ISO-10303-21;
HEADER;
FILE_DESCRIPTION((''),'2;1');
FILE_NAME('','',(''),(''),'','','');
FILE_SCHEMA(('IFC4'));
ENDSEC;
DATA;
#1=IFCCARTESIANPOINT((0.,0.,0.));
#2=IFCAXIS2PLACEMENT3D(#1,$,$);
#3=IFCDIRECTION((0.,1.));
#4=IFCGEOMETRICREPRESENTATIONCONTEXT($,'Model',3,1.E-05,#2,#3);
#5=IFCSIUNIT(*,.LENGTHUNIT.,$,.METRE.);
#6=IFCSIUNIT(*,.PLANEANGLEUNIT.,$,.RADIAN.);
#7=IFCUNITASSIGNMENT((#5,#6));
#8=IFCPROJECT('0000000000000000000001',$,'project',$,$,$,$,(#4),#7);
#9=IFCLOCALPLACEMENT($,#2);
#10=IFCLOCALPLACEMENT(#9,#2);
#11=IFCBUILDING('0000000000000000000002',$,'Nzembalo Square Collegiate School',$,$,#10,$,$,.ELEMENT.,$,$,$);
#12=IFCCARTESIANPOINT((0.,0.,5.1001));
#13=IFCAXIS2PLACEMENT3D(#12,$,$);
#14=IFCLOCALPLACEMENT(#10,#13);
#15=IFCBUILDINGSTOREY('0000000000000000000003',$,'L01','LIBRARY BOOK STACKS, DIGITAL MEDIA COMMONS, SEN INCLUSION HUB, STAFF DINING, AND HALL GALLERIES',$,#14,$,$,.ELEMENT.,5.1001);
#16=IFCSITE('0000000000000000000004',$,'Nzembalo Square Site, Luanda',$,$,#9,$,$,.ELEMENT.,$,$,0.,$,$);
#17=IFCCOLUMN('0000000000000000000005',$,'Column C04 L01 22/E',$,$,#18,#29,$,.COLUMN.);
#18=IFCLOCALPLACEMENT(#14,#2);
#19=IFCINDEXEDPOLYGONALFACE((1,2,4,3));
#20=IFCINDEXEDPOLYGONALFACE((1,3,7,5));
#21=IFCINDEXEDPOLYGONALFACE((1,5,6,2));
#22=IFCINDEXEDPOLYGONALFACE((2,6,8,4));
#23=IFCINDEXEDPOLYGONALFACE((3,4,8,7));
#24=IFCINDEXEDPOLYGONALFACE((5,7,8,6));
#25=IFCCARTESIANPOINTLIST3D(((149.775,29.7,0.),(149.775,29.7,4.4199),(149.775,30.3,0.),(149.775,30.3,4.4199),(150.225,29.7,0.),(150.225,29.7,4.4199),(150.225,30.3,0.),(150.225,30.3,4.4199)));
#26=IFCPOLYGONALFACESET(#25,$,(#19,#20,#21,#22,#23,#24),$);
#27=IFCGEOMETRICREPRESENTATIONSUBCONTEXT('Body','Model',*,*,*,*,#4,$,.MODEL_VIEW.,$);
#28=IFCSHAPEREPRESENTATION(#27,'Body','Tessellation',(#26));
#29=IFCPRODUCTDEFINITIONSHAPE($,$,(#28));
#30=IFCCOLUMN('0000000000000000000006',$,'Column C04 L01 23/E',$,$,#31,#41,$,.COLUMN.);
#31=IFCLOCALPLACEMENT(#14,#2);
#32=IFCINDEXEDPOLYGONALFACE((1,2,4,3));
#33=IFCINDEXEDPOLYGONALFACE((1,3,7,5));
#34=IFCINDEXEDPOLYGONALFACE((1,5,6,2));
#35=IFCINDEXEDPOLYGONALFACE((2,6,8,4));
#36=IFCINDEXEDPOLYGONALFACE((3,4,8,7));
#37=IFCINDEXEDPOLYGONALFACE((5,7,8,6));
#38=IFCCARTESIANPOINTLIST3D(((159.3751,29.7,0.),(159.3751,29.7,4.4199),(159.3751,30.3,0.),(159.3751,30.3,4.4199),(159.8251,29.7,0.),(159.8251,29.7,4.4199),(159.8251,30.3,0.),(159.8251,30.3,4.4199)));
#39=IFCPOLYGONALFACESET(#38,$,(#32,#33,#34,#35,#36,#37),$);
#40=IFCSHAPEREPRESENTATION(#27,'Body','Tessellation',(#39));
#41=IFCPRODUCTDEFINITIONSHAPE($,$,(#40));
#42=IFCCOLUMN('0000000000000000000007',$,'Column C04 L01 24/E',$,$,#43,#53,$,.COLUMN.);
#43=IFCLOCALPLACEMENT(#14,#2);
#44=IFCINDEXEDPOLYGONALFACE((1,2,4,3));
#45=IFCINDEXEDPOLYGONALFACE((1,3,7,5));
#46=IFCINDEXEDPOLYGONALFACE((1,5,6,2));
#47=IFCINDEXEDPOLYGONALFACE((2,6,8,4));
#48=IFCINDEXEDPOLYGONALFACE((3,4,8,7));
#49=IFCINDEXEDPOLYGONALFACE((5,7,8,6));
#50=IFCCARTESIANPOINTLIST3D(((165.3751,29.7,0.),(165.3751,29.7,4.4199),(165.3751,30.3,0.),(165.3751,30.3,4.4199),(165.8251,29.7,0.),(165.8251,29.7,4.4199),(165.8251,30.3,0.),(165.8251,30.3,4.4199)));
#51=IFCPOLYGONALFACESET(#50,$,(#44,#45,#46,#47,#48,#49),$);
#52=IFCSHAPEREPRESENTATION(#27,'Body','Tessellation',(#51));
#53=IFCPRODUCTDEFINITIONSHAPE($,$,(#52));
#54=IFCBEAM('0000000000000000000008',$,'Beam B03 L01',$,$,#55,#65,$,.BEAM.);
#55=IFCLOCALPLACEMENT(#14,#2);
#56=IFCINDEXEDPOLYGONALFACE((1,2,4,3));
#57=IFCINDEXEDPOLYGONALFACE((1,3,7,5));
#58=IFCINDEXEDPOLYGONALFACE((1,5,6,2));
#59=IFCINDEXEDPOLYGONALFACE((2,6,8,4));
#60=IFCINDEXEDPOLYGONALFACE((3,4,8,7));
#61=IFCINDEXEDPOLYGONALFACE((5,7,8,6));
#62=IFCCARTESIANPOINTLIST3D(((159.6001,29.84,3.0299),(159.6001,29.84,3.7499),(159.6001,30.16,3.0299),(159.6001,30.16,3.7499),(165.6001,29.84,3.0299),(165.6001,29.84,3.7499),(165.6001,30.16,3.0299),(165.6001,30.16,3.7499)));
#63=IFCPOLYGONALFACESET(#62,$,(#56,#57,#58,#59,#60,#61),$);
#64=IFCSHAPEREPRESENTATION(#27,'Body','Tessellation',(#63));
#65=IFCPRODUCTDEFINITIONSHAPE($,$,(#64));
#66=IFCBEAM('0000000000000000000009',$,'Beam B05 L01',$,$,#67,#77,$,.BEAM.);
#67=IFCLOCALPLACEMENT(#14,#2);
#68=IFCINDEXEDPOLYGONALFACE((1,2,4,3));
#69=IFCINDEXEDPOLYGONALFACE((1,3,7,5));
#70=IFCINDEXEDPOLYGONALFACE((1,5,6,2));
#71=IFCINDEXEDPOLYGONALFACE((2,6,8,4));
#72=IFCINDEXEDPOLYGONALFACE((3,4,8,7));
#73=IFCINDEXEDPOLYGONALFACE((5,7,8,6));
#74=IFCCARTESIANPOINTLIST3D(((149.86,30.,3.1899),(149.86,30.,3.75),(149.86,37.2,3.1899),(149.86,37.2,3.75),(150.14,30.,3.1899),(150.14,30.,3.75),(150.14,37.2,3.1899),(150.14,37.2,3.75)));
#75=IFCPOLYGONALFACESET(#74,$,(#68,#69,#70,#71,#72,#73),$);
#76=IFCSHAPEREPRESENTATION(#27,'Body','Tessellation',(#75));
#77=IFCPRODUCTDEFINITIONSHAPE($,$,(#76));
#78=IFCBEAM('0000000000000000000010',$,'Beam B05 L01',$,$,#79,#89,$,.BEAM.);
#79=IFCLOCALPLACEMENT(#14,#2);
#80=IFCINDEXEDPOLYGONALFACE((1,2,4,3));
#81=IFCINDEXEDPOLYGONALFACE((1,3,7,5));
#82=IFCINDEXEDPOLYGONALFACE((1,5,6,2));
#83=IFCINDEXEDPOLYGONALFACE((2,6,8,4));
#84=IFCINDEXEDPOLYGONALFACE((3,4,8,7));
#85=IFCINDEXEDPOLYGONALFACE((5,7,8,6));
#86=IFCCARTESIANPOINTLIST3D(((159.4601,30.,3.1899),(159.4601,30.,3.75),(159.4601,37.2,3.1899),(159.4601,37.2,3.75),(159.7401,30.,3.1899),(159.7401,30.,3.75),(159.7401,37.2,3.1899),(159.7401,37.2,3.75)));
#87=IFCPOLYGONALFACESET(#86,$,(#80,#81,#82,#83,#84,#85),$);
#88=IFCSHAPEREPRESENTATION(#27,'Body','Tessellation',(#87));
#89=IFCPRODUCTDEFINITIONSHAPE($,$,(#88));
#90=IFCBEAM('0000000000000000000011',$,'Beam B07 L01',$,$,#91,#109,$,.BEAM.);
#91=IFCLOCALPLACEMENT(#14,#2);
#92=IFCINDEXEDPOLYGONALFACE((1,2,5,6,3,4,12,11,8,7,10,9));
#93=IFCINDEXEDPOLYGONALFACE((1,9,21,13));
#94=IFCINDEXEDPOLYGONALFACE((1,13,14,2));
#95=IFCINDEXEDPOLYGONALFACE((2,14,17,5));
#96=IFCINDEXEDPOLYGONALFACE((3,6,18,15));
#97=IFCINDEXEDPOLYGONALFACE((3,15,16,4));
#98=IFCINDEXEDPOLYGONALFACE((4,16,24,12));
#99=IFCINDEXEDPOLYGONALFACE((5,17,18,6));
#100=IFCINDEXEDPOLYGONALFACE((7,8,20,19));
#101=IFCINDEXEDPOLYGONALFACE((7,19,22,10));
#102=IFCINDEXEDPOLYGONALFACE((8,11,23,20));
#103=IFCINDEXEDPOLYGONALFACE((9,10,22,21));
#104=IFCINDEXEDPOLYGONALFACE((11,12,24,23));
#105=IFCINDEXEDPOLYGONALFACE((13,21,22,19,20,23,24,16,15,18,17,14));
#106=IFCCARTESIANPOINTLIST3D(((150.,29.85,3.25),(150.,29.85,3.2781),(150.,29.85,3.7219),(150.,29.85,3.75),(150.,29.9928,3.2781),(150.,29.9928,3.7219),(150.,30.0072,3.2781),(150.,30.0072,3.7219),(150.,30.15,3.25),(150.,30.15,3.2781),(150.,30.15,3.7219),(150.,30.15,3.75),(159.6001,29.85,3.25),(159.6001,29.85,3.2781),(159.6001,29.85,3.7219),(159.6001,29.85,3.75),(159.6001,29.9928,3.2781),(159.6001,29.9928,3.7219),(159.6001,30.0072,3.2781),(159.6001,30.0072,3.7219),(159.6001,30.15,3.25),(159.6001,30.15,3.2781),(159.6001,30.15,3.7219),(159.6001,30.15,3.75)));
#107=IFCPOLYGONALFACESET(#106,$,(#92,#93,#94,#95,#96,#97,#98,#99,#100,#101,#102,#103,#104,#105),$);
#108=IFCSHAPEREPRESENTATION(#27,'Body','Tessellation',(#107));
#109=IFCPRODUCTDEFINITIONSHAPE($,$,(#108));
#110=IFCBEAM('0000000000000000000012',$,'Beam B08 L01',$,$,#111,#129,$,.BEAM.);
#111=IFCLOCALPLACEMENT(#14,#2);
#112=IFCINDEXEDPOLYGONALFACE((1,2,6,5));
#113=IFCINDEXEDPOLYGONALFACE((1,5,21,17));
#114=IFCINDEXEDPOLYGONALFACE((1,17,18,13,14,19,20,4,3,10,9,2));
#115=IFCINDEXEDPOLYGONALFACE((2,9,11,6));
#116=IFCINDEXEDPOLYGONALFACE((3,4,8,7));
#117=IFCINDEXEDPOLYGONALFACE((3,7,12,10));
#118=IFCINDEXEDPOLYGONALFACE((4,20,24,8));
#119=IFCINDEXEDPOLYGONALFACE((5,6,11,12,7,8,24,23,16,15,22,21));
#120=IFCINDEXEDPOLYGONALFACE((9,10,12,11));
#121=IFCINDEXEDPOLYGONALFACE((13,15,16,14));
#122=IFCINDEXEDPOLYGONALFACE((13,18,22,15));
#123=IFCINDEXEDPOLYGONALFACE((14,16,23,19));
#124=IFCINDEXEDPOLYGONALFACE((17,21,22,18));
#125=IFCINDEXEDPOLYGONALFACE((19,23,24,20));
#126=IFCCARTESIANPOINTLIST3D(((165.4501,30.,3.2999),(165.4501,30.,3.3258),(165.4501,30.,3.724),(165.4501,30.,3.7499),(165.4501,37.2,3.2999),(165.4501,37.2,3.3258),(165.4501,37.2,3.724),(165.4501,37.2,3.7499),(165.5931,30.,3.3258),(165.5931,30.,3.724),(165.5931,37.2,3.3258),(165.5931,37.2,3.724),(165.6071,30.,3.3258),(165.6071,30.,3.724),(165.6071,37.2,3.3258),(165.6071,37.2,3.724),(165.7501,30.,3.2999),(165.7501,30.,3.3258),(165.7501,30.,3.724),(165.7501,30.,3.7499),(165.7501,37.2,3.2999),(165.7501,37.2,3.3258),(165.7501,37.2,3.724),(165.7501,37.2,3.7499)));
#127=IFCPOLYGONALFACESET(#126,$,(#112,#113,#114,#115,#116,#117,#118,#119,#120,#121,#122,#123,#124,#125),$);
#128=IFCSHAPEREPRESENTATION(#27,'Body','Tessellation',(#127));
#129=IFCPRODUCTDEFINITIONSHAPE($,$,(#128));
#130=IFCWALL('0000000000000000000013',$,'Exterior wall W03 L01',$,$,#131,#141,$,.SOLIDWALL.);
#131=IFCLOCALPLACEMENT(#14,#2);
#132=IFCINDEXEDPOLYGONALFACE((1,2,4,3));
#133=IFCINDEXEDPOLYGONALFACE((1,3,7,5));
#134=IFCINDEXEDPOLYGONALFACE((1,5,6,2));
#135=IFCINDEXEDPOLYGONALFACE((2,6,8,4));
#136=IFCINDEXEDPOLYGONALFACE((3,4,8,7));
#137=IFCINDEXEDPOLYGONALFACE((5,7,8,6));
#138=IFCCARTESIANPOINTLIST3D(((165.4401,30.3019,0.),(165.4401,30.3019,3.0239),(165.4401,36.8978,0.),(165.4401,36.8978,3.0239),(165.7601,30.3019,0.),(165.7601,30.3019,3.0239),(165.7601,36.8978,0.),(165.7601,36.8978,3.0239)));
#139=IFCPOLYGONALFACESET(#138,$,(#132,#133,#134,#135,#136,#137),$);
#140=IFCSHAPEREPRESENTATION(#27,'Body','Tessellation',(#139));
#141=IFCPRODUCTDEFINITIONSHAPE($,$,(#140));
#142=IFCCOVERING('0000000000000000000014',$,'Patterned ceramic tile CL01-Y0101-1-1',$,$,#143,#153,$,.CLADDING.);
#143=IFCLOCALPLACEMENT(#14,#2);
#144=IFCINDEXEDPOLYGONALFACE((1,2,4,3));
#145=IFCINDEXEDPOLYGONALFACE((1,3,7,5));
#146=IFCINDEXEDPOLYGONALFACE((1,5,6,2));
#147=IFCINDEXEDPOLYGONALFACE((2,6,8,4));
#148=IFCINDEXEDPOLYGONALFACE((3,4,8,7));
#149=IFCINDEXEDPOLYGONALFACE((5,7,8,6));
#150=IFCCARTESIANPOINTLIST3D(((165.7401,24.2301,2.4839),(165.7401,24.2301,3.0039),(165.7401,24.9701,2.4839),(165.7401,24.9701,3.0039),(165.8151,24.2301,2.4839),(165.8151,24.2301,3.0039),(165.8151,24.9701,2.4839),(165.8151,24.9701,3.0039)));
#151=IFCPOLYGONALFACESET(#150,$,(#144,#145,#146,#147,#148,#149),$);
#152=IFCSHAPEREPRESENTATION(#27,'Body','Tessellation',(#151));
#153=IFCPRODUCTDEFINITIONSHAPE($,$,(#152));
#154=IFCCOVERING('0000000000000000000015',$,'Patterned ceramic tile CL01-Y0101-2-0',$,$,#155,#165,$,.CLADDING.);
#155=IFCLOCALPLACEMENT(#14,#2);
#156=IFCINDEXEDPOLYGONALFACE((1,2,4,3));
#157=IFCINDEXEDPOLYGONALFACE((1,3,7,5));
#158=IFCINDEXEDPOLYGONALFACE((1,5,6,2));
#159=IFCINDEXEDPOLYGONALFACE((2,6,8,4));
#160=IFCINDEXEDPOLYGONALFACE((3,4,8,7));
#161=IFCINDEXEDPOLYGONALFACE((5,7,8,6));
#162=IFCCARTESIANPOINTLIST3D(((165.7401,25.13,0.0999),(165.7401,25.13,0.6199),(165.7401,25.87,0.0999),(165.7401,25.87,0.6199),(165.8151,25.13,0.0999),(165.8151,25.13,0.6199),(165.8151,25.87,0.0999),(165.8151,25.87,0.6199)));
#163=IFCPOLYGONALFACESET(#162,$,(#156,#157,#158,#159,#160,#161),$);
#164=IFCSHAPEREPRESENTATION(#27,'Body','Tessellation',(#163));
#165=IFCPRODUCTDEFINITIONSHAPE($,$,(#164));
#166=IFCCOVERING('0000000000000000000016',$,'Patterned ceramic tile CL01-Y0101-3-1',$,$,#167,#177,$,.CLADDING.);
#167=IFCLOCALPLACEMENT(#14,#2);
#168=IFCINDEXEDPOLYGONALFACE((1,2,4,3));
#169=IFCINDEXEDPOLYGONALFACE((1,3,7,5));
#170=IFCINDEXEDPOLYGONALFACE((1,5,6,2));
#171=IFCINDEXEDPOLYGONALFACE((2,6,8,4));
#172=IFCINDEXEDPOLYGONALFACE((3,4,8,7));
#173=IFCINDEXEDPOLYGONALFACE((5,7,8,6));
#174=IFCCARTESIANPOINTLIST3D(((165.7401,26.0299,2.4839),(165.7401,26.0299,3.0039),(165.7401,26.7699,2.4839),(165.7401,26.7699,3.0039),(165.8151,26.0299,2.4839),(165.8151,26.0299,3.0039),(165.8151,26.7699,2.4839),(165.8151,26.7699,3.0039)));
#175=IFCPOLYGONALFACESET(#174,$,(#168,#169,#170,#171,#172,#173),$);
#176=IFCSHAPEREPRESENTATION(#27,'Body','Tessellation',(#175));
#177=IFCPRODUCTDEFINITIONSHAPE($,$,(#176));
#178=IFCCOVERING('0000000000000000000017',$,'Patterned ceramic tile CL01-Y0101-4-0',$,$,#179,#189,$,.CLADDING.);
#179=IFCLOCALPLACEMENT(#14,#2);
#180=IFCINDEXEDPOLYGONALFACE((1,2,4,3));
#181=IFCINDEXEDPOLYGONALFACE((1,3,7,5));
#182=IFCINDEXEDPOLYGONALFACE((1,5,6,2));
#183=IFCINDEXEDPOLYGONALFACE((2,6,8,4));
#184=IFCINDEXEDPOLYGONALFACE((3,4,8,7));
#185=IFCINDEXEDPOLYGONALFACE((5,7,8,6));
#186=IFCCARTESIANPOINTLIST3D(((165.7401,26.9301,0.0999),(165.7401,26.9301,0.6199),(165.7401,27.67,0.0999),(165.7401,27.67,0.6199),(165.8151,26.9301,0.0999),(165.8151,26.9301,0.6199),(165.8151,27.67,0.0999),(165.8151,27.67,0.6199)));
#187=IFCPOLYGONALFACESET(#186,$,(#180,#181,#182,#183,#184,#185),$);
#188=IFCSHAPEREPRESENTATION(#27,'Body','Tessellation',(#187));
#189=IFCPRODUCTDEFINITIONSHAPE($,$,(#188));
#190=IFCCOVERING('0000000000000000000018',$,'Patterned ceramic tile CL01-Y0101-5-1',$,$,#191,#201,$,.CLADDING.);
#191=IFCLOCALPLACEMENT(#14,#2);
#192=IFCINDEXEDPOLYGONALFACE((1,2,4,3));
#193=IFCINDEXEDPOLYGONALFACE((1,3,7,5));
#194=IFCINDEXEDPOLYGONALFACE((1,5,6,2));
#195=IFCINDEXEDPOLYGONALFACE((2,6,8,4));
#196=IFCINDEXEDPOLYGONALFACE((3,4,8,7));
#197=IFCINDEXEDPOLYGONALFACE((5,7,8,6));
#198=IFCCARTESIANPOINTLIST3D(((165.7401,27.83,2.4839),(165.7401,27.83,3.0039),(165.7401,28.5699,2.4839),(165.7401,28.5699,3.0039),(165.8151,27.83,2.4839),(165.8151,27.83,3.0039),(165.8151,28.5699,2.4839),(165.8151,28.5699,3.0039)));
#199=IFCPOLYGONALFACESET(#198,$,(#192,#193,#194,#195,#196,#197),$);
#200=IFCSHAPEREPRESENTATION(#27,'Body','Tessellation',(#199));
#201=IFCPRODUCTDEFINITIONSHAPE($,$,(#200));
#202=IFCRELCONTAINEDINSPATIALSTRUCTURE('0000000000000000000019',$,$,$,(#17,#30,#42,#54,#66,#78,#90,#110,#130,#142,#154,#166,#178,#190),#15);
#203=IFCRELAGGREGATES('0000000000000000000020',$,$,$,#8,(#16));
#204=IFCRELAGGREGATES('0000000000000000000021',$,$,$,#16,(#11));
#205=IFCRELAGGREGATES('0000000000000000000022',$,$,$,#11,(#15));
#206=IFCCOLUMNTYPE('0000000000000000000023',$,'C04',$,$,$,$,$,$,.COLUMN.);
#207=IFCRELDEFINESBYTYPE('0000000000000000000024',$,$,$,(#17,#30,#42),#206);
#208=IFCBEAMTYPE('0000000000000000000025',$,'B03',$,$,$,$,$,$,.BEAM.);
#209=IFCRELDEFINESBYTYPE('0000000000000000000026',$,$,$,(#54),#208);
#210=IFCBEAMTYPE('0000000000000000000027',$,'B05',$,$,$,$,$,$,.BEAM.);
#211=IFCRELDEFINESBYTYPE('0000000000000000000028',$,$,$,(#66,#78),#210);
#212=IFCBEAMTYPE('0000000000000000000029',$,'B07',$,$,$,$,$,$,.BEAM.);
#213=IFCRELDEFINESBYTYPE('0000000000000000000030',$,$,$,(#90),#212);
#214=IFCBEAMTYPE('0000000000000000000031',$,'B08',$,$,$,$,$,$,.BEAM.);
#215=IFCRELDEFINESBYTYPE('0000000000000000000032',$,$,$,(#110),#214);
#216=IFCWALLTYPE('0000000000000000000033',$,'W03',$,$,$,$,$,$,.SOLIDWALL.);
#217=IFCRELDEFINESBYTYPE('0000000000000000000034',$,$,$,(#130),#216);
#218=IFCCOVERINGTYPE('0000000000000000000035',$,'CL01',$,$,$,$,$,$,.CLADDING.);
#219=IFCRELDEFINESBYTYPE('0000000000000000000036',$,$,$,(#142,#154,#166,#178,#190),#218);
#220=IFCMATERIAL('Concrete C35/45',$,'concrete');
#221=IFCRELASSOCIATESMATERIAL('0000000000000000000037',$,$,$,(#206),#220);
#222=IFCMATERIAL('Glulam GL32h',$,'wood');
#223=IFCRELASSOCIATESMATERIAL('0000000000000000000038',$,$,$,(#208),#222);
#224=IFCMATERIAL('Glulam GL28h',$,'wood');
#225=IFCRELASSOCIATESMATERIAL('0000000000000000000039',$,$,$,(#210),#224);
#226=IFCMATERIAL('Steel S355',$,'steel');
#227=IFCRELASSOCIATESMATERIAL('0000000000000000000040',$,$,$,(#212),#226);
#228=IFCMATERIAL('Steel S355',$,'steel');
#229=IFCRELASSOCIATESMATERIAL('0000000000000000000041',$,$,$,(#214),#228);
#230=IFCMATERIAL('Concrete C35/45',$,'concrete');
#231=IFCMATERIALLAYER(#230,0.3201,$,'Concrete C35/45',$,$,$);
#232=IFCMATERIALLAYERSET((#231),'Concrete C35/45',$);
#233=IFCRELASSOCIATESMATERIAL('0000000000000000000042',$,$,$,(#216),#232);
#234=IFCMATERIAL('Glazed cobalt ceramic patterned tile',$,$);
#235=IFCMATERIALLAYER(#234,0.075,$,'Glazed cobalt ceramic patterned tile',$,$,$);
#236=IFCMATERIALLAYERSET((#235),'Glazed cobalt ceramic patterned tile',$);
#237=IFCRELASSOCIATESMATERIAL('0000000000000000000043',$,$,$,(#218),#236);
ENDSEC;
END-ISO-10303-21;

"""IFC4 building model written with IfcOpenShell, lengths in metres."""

from ifc_helpers import new_model, si_unit, direction, frame, frame_2d, origin, origin_2d, place, context, subcontext, project, spatial, rectangle, i_section, extrude, material, layer, layer_set, material_profile, profile_set, type_object, element, save


model = new_model("IFC4")

# Units and contexts
model_context = context("Model", 3, precision=1e-05, world=origin(), true_north=direction((0.0, 1.0)))
body_context = subcontext(model_context, "Body", "Model", "MODEL_VIEW")
ifc_project = project(units=[si_unit("LENGTHUNIT", "METRE"), si_unit("PLANEANGLEUNIT", "RADIAN")], contexts=[model_context])

# Site, building, storey
site_placement = place(None, origin())
site = spatial("IfcSite", under=ifc_project, at=site_placement, Name="Nzembalo Square Site, Luanda", CompositionType="ELEMENT", RefElevation=0.0)
building_placement = place(site_placement, origin())
building = spatial("IfcBuilding", under=site, at=building_placement, Name="Nzembalo Square Collegiate School", CompositionType="ELEMENT")
storey_placement = place(building_placement, frame((0.0, 0.0, 5.1001)))
storey = spatial("IfcBuildingStorey", under=building, at=storey_placement, Name="L01", Description="LIBRARY BOOK STACKS, DIGITAL MEDIA COMMONS, SEN INCLUSION HUB, STAFF DINING, AND HALL GALLERIES", CompositionType="ELEMENT", Elevation=5.1001)

# Columns
ifc_material_1 = material(Name="Concrete C35/45", Category="concrete")
ifc_material_profile_1 = material_profile(ifc_material_1, rectangle(XDim=0.45, YDim=0.6001, at=origin_2d()), Name="RC 450x600")
ifc_profile_set_1 = profile_set([ifc_material_profile_1], Name="Concrete C35/45")
column_type = type_object("IfcColumnType", Name="C04", PredefinedType="COLUMN", material=ifc_profile_set_1)
for number, where, z_axis, x_axis, name in (
    (1, (150.0, 30.0, 0.0), (0.0, 0.0, 1.0), (1.0, 0.0, 0.0), "Column C04 L01 22/E"),
    (2, (159.6001, 30.0, 0.0), (0.0, 0.0, 1.0), (1.0, 0.0, 0.0), "Column C04 L01 23/E"),
    (3, (165.6001, 30.0, 0.0), (0.0, 0.0, 1.0), (1.0, 0.0, 0.0), "Column C04 L01 24/E"),
):
    element("IfcColumn", number, at=place(storey_placement, frame(where, z_axis=z_axis, x_axis=x_axis)), inside=storey, type_object=column_type, Name=name, PredefinedType="COLUMN", context=body_context, shape_type="SweptSolid", body=[
        extrude(rectangle(XDim=0.45, YDim=0.6001, at=origin_2d()), origin(), (0.0, 0.0, 1.0), 4.4199),
    ])

# Beams
ifc_material_2 = material(Name="Glulam GL32h", Category="wood")
ifc_material_profile_2 = material_profile(ifc_material_2, rectangle(XDim=0.3201, YDim=0.72, at=origin_2d()), Name="GL32h 320x720")
ifc_profile_set_2 = profile_set([ifc_material_profile_2], Name="Glulam GL32h")
beam_type_1 = type_object("IfcBeamType", Name="B03", PredefinedType="BEAM", material=ifc_profile_set_2)
beam_1_placement = place(storey_placement, frame((159.6001, 30.0, 3.3899), z_axis=(1.0, 0.0, 0.0), x_axis=(0.0, 1.0, 0.0)))
element("IfcBeam", 4, at=beam_1_placement, inside=storey, type_object=beam_type_1, Name="Beam B03 L01", PredefinedType="BEAM", context=body_context, shape_type="SweptSolid", body=[
    extrude(rectangle(XDim=0.3201, YDim=0.72, at=origin_2d()), origin(), (0.0, 0.0, 1.0), 6.0),
])
ifc_material_3 = material(Name="Glulam GL28h", Category="wood")
ifc_material_profile_3 = material_profile(ifc_material_3, rectangle(XDim=0.28, YDim=0.5601, at=origin_2d()), Name="GL28h 280x560")
ifc_profile_set_3 = profile_set([ifc_material_profile_3], Name="Glulam GL28h")
beam_type_2 = type_object("IfcBeamType", Name="B05", PredefinedType="BEAM", material=ifc_profile_set_3)
for number, where, z_axis, x_axis, name in (
    (5, (150.0, 30.0, 3.47), (0.0, 1.0, 0.0), (-1.0, 0.0, 0.0), "Beam B05 L01"),
    (6, (159.6001, 30.0, 3.47), (0.0, 1.0, 0.0), (-1.0, 0.0, 0.0), "Beam B05 L01"),
):
    element("IfcBeam", number, at=place(storey_placement, frame(where, z_axis=z_axis, x_axis=x_axis)), inside=storey, type_object=beam_type_2, Name=name, PredefinedType="BEAM", context=body_context, shape_type="SweptSolid", body=[
        extrude(rectangle(XDim=0.28, YDim=0.5601, at=origin_2d()), origin(), (0.0, 0.0, 1.0), 7.2),
    ])
ifc_material_4 = material(Name="Steel S355", Category="steel")
ifc_material_profile_4 = material_profile(ifc_material_4, i_section(OverallWidth=0.3, OverallDepth=0.5, WebThickness=0.0144, FlangeThickness=0.0281, at=origin_2d()), Name="HEB 500")
ifc_profile_set_4 = profile_set([ifc_material_profile_4], Name="Steel S355")
beam_type_3 = type_object("IfcBeamType", Name="B07", PredefinedType="BEAM", material=ifc_profile_set_4)
beam_2_placement = place(storey_placement, frame((150.0, 30.0, 3.5), z_axis=(1.0, 0.0, 0.0), x_axis=(0.0, 1.0, 0.0)))
element("IfcBeam", 7, at=beam_2_placement, inside=storey, type_object=beam_type_3, Name="Beam B07 L01", PredefinedType="BEAM", context=body_context, shape_type="SweptSolid", body=[
    extrude(i_section(OverallWidth=0.3, OverallDepth=0.5, WebThickness=0.0144, FlangeThickness=0.0281, at=origin_2d()), origin(), (0.0, 0.0, 1.0), 9.6001),
])
ifc_material_5 = material(Name="Steel S355", Category="steel")
ifc_material_profile_5 = material_profile(ifc_material_5, i_section(OverallWidth=0.3, OverallDepth=0.45, WebThickness=0.0139, FlangeThickness=0.0259, at=origin_2d()), Name="HEB 450")
ifc_profile_set_5 = profile_set([ifc_material_profile_5], Name="Steel S355")
beam_type_4 = type_object("IfcBeamType", Name="B08", PredefinedType="BEAM", material=ifc_profile_set_5)
beam_3_placement = place(storey_placement, frame((165.6001, 30.0, 3.5249), z_axis=(0.0, 1.0, 0.0), x_axis=(-1.0, 0.0, 0.0)))
element("IfcBeam", 8, at=beam_3_placement, inside=storey, type_object=beam_type_4, Name="Beam B08 L01", PredefinedType="BEAM", context=body_context, shape_type="SweptSolid", body=[
    extrude(i_section(OverallWidth=0.3, OverallDepth=0.45, WebThickness=0.0139, FlangeThickness=0.0259, at=origin_2d()), origin(), (0.0, 0.0, 1.0), 7.2),
])

# Wall
ifc_material_6 = material(Name="Concrete C35/45", Category="concrete")
ifc_layer_1 = layer(ifc_material_6, 0.3201, Name="Concrete C35/45")
ifc_layer_set_1 = layer_set([ifc_layer_1], Name="Concrete C35/45")
wall_type = type_object("IfcWallType", Name="W03", PredefinedType="SOLIDWALL", material=ifc_layer_set_1)
wall_placement = place(storey_placement, frame((165.6001, 30.302, 0.0), z_axis=(0.0, 0.0, 1.0), x_axis=(0.0, 1.0, 0.0)))
element("IfcWall", 9, at=wall_placement, inside=storey, type_object=wall_type, Name="Exterior wall W03 L01", PredefinedType="SOLIDWALL", context=body_context, shape_type="SweptSolid", body=[
    extrude(rectangle(XDim=6.5959, YDim=0.3201, at=frame_2d((3.2979, 0.0))), origin(), (0.0, 0.0, 1.0), 3.0239),
])

# Coverings
ifc_material_7 = material(Name="Glazed cobalt ceramic patterned tile")
ifc_layer_2 = layer(ifc_material_7, 0.075, Name="Glazed cobalt ceramic patterned tile")
ifc_layer_set_2 = layer_set([ifc_layer_2], Name="Glazed cobalt ceramic patterned tile")
covering_type_1 = type_object("IfcCoveringType", Name="CL01", PredefinedType="CLADDING", material=ifc_layer_set_2)
for number, where, z_axis, x_axis, name in (
    (10, (165.7776, 24.6001, 2.4839), (0.0, 0.0, 1.0), (1.0, 0.0, 0.0), "Patterned ceramic tile CL01-Y0101-1-1"),
    (11, (165.7776, 25.5, 0.0999), (0.0, 0.0, 1.0), (1.0, 0.0, 0.0), "Patterned ceramic tile CL01-Y0101-2-0"),
    (12, (165.7776, 26.3999, 2.4839), (0.0, 0.0, 1.0), (1.0, 0.0, 0.0), "Patterned ceramic tile CL01-Y0101-3-1"),
    (13, (165.7776, 27.3, 0.0999), (0.0, 0.0, 1.0), (1.0, 0.0, 0.0), "Patterned ceramic tile CL01-Y0101-4-0"),
    (14, (165.7776, 28.2, 2.4839), (0.0, 0.0, 1.0), (1.0, 0.0, 0.0), "Patterned ceramic tile CL01-Y0101-5-1"),
):
    element("IfcCovering", number, at=place(storey_placement, frame(where, z_axis=z_axis, x_axis=x_axis)), inside=storey, type_object=covering_type_1, Name=name, PredefinedType="CLADDING", context=body_context, shape_type="SweptSolid", body=[
        extrude(rectangle(XDim=0.075, YDim=0.74, at=origin_2d()), origin(), (0.0, 0.0, 1.0), 0.52),
    ])

save(model, "model.ifc")
